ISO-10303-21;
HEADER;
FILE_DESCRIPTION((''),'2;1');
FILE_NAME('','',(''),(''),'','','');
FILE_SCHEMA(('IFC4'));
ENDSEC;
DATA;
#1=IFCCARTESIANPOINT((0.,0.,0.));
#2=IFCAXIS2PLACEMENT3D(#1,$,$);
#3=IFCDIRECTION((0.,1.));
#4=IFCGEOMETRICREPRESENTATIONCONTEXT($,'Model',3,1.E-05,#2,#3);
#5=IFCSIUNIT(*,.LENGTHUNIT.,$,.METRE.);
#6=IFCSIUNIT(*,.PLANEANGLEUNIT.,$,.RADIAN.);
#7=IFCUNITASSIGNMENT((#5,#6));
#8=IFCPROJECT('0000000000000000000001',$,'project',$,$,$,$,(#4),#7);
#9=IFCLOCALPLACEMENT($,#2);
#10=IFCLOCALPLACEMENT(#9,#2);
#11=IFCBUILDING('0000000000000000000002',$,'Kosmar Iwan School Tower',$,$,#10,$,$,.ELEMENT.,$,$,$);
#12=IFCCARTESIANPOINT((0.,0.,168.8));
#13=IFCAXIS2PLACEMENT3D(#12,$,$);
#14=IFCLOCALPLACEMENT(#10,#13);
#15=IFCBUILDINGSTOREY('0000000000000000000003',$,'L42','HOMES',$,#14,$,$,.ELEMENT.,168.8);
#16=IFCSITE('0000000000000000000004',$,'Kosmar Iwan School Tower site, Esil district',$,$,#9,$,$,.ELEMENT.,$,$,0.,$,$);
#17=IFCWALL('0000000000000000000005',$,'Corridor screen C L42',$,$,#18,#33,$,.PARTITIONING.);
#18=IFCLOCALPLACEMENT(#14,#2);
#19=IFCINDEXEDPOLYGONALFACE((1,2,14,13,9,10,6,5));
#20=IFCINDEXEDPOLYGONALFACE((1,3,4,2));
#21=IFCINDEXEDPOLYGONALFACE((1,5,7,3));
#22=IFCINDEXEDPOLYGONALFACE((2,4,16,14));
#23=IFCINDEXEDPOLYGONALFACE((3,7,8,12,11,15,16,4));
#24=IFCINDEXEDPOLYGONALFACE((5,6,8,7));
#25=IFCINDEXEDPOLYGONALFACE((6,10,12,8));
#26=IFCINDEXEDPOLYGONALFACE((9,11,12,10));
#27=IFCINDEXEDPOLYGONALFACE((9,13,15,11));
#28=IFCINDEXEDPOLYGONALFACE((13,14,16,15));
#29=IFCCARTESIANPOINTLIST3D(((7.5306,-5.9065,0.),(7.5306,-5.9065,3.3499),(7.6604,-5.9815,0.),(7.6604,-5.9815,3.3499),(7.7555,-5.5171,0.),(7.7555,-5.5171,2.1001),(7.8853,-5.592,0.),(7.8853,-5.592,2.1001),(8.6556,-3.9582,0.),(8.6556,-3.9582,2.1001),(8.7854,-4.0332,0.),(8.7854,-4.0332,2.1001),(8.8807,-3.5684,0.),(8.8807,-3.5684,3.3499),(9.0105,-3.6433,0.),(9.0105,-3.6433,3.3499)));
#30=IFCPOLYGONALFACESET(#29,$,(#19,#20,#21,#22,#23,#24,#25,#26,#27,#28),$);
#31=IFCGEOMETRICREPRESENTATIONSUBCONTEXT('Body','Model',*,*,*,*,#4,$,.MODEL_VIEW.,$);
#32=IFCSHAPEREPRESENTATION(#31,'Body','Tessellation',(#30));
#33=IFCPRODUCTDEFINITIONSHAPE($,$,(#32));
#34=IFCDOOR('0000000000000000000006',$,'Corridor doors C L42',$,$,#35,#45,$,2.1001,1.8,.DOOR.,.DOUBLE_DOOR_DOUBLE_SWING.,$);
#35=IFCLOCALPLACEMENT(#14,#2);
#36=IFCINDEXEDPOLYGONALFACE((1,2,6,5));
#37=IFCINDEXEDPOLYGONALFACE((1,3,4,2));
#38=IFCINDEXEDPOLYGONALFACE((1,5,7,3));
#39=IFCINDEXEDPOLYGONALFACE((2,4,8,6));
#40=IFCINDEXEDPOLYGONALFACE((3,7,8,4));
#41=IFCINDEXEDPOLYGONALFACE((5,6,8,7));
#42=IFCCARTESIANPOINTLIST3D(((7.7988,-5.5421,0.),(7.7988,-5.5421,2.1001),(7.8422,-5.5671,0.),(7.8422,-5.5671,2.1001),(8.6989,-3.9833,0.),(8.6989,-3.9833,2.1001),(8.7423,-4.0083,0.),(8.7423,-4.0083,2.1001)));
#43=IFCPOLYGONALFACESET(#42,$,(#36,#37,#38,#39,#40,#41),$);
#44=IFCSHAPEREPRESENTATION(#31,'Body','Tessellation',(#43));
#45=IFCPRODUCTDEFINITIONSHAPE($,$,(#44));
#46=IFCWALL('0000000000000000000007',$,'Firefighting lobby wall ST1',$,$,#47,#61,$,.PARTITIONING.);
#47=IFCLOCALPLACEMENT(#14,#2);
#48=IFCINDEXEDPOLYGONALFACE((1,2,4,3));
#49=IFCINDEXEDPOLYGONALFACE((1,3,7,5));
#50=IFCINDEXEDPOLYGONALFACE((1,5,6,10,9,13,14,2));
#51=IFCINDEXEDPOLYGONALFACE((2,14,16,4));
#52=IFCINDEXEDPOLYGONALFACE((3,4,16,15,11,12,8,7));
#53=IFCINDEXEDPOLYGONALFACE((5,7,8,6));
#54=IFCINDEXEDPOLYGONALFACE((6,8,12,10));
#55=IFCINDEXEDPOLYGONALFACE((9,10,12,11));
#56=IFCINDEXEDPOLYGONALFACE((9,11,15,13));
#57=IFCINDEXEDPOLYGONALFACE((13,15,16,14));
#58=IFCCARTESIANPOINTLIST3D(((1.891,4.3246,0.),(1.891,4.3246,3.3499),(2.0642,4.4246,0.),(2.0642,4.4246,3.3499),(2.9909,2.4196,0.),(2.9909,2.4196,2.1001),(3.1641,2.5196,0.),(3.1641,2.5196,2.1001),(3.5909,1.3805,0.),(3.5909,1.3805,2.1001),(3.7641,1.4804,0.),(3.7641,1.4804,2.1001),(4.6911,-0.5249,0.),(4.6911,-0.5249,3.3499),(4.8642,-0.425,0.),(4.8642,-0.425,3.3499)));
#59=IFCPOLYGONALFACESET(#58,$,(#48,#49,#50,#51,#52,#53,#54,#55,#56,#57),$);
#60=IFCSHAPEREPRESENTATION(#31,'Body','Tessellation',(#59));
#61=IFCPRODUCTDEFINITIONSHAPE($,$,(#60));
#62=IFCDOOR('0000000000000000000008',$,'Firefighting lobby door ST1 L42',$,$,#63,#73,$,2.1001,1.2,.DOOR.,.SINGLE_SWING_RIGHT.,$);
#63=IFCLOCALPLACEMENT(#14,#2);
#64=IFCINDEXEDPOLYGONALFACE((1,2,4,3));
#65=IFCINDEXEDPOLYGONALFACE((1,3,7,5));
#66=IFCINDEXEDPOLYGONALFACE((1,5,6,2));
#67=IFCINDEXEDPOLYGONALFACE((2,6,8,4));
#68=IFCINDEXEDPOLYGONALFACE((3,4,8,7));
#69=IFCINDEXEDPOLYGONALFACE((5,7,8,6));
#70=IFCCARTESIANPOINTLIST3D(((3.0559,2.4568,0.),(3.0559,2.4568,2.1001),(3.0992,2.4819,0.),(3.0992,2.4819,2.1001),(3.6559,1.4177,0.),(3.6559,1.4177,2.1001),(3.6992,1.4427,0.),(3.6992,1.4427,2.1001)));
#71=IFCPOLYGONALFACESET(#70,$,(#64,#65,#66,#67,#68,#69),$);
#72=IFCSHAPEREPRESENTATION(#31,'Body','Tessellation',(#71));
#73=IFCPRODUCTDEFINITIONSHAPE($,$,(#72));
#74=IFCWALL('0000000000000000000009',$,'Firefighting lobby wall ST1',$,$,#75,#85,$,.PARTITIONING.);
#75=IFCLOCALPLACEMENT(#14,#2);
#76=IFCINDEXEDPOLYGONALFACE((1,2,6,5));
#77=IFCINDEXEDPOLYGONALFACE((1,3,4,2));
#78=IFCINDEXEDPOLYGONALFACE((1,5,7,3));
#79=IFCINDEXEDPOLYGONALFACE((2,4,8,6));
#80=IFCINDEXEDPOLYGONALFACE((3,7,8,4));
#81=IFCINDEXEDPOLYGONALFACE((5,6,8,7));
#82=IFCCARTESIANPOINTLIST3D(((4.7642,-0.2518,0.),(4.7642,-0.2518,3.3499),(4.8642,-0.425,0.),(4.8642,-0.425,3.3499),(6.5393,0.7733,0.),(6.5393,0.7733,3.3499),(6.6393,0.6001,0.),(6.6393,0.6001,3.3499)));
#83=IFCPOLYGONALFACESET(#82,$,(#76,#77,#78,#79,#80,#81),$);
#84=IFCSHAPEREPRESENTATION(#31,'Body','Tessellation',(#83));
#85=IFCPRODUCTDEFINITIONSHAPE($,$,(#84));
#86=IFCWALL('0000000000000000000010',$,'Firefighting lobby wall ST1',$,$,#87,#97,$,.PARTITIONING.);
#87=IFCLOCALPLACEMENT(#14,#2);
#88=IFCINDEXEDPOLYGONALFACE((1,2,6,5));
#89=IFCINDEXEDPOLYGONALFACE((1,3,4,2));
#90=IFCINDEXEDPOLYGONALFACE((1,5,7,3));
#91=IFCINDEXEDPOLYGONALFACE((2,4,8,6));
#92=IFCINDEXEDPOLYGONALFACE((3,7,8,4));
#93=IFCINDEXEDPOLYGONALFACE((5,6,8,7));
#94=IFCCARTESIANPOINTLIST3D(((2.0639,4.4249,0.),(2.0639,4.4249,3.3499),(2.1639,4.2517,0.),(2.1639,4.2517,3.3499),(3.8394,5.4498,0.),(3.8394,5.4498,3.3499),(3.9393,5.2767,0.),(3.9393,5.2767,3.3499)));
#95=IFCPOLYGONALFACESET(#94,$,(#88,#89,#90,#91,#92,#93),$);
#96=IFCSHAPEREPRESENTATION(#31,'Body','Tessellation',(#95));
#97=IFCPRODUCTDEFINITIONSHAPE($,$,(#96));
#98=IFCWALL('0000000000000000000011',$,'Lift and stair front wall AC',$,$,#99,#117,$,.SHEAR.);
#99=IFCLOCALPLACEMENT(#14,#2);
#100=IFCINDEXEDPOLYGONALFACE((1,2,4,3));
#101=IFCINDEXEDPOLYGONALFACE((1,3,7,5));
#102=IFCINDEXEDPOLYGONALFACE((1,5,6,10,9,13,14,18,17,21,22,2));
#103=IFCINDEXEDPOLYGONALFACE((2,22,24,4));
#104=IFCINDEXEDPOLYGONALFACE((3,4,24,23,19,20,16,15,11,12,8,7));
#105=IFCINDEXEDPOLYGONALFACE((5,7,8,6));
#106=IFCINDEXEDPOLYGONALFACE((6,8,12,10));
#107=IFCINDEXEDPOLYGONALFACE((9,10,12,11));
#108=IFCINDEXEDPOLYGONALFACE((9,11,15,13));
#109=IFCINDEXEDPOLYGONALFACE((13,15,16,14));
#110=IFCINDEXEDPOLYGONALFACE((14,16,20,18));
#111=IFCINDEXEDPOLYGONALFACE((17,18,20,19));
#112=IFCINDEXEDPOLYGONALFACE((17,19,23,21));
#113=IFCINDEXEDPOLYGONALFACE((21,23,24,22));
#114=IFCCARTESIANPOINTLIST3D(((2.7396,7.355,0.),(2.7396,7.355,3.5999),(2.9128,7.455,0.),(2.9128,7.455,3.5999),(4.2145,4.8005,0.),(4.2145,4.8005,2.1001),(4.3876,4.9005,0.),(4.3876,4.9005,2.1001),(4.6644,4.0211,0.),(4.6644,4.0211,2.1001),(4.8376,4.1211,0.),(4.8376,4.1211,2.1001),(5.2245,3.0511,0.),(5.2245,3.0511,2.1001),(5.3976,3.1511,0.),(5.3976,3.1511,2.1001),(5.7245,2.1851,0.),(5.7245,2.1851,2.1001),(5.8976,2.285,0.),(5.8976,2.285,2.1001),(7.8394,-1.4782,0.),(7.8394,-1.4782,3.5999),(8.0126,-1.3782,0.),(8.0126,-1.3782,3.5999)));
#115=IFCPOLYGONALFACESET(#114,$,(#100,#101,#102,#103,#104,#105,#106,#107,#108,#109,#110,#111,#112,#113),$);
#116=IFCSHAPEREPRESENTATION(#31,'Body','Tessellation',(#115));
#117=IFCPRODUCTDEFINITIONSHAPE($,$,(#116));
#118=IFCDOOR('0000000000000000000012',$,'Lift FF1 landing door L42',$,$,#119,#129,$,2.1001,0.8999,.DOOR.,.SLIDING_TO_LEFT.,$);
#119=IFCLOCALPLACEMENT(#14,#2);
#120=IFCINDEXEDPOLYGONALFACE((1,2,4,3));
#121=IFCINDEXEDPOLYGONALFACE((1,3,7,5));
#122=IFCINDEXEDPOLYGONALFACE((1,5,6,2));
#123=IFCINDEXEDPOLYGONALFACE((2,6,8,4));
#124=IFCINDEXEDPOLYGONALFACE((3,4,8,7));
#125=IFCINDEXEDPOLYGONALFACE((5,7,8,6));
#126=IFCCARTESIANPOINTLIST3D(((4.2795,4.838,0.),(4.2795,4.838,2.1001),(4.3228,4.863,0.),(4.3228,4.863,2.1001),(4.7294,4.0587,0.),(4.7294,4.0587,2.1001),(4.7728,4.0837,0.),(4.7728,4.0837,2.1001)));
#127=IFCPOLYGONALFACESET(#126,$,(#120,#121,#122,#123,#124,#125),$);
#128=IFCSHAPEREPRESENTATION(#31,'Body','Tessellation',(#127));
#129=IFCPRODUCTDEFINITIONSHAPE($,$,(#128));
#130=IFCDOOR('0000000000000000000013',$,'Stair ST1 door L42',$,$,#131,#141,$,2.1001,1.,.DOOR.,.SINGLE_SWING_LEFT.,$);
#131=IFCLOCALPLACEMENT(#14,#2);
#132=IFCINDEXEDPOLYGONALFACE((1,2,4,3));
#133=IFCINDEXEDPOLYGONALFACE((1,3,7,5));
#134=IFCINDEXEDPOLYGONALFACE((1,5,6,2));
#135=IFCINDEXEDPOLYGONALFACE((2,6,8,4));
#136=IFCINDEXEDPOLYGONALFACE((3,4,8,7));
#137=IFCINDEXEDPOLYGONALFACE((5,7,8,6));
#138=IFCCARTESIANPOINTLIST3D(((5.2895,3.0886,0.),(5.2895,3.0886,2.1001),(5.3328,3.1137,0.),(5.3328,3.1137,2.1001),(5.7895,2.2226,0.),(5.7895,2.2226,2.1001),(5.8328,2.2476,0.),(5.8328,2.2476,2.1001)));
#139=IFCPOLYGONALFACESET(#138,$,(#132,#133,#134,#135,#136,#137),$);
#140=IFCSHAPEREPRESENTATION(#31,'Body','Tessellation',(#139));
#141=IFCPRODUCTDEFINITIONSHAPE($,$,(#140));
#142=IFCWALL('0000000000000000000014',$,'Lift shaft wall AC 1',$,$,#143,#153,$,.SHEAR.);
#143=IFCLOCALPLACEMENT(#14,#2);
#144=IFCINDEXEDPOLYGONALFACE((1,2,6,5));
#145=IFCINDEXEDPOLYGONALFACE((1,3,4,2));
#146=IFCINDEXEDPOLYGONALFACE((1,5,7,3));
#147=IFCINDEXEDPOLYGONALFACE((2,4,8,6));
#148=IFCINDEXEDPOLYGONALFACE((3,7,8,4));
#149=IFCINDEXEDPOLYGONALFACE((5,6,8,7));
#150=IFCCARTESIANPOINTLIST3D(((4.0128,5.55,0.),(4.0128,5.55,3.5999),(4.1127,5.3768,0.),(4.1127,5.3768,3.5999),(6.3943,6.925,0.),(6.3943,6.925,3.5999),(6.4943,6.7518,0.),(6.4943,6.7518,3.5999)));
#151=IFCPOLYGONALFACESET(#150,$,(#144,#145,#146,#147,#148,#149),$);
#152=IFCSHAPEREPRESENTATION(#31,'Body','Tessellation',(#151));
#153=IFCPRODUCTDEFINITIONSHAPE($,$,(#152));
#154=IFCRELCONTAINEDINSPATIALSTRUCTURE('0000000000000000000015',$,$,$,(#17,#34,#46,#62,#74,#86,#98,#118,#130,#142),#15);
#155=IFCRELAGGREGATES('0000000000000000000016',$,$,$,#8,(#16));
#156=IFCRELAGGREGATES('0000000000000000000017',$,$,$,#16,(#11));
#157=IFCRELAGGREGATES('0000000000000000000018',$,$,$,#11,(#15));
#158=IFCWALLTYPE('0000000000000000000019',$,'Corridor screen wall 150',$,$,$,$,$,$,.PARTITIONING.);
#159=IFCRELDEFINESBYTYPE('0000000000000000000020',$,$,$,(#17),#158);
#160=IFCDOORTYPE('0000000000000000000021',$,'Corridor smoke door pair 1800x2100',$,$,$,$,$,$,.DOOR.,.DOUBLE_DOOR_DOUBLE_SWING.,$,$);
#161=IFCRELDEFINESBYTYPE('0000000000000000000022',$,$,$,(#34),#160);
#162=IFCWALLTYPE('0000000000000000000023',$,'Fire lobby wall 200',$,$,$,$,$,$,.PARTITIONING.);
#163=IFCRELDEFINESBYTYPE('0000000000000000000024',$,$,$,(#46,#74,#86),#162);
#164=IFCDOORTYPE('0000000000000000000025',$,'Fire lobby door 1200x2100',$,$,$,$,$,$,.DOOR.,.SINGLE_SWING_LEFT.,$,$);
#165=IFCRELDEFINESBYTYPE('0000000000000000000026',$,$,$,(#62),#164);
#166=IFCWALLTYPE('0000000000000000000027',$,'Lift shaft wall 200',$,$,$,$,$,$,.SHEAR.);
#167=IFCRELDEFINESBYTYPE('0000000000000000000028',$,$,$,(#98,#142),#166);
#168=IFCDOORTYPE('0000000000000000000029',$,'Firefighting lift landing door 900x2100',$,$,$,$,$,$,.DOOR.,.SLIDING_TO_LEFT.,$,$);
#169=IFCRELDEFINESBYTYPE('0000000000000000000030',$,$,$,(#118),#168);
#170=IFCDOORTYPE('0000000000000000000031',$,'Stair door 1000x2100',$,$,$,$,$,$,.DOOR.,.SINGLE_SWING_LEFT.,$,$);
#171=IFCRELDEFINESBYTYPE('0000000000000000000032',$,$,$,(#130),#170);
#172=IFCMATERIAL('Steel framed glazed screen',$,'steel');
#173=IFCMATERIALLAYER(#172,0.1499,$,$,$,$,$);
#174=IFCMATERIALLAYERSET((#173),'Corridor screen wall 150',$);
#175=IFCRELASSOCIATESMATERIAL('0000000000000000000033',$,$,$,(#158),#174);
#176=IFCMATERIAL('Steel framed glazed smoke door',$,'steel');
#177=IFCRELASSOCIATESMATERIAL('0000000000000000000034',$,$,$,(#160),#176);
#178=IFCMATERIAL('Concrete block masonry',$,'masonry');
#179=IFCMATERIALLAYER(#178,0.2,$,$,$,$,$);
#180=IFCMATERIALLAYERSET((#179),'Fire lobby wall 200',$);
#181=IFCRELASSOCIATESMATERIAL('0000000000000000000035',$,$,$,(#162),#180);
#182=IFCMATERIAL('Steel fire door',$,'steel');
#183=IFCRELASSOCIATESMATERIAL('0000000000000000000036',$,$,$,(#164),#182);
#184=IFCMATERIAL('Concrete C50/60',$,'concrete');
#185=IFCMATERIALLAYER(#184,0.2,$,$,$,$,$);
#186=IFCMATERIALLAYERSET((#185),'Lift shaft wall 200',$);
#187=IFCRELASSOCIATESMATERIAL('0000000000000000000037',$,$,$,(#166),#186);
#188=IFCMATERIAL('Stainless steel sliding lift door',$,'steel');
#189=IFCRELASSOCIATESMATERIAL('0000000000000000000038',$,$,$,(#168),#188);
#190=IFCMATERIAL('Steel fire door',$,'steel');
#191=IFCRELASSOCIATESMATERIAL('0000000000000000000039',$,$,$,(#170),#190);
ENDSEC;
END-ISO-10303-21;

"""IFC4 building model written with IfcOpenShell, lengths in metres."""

from ifc_helpers import new_model, si_unit, direction, frame, frame_2d, origin, place, context, subcontext, project, spatial, rectangle, extrude, material, layer, layer_set, type_object, element, fill, save


model = new_model("IFC4")

# Units and contexts
model_context = context("Model", 3, precision=1e-05, world=origin(), true_north=direction((0.0, 1.0)))
body_context = subcontext(model_context, "Body", "Model", "MODEL_VIEW")
ifc_project = project(units=[si_unit("LENGTHUNIT", "METRE"), si_unit("PLANEANGLEUNIT", "RADIAN")], contexts=[model_context])

# Site, building, storey
site_placement = place(None, origin())
site = spatial("IfcSite", under=ifc_project, at=site_placement, Name="Kosmar Iwan School Tower site, Esil district", CompositionType="ELEMENT", RefElevation=0.0)
building_placement = place(site_placement, origin())
building = spatial("IfcBuilding", under=site, at=building_placement, Name="Kosmar Iwan School Tower", CompositionType="ELEMENT")
storey_placement = place(building_placement, frame((0.0, 0.0, 168.8)))
storey = spatial("IfcBuildingStorey", under=building, at=storey_placement, Name="L42", Description="HOMES", CompositionType="ELEMENT", Elevation=168.8)

# Walls, openings, doors
ifc_material_1 = material(Name="Steel framed glazed screen", Category="steel")
ifc_layer_1 = layer(ifc_material_1, 0.1499)
ifc_layer_set_1 = layer_set([ifc_layer_1], Name="Corridor screen wall 150")
wall_type_1 = type_object("IfcWallType", Name="Corridor screen wall 150", PredefinedType="PARTITIONING", material=ifc_layer_set_1)
wall_1_placement = place(storey_placement, frame((7.5955, -5.9441, 0.0), z_axis=(0.0, 0.0, 1.0), x_axis=(0.500049, 0.865997, 0.0)))
wall_1 = element("IfcWall", 1, at=wall_1_placement, inside=storey, type_object=wall_type_1, Name="Corridor screen C L42", PredefinedType="PARTITIONING", context=body_context, shape_type="SweptSolid", body=[
    extrude(rectangle(XDim=2.7, YDim=0.1499, at=frame_2d((1.3501, 0.0))), origin(), (0.0, 0.0, 1.0), 3.3499),
])
opening_1_placement = place(wall_1_placement, frame((0.45, 0.0, 0.0)))
opening_1 = element("IfcOpeningElement", 2, at=opening_1_placement, cuts=wall_1, PredefinedType="OPENING", context=body_context, shape_type="SweptSolid", body=[
    extrude(rectangle(XDim=1.8, YDim=2.1001, at=frame_2d((0.8999, 1.05))), frame((0.0, 0.0869, 0.0), z_axis=(0.0, -1.0, 0.0), x_axis=(1.0, 0.0, 0.0)), (0.0, 0.0, 1.0), 0.1738),
])
ifc_material_2 = material(Name="Steel framed glazed smoke door", Category="steel")
door_type_1 = type_object("IfcDoorType", Name="Corridor smoke door pair 1800x2100", OperationType="DOUBLE_DOOR_DOUBLE_SWING", PredefinedType="DOOR", material=ifc_material_2)
door_1_placement = place(opening_1_placement, origin())
door_1 = element("IfcDoor", 3, at=door_1_placement, inside=storey, type_object=door_type_1, Name="Corridor doors C L42", OperationType="DOUBLE_DOOR_DOUBLE_SWING", OverallHeight=2.1001, OverallWidth=1.8, PredefinedType="DOOR", context=body_context, shape_type="SweptSolid", body=[
    extrude(rectangle(XDim=1.8, YDim=2.1001, at=frame_2d((0.8999, 1.05))), frame((0.0, 0.0249, 0.0), z_axis=(0.0, -1.0, 0.0), x_axis=(1.0, 0.0, 0.0)), (0.0, 0.0, 1.0), 0.05),
])
fill(opening_1, door_1)
ifc_material_3 = material(Name="Concrete block masonry", Category="masonry")
ifc_layer_2 = layer(ifc_material_3, 0.2)
ifc_layer_set_2 = layer_set([ifc_layer_2], Name="Fire lobby wall 200")
wall_type_2 = type_object("IfcWallType", Name="Fire lobby wall 200", PredefinedType="PARTITIONING", material=ifc_layer_set_2)
wall_2_placement = place(storey_placement, frame((4.7776, -0.4749, 0.0), z_axis=(0.0, 0.0, 1.0), x_axis=(-0.500017, 0.866016, 0.0)))
wall_2 = element("IfcWall", 4, at=wall_2_placement, inside=storey, type_object=wall_type_2, Name="Firefighting lobby wall ST1", PredefinedType="PARTITIONING", context=body_context, shape_type="SweptSolid", body=[
    extrude(rectangle(XDim=5.5999, YDim=0.2, at=frame_2d((2.7998, 0.0))), origin(), (0.0, 0.0, 1.0), 3.3499),
])
opening_2_placement = place(wall_2_placement, frame((2.2, 0.0, 0.0)))
opening_2 = element("IfcOpeningElement", 5, at=opening_2_placement, cuts=wall_2, PredefinedType="OPENING", context=body_context, shape_type="SweptSolid", body=[
    extrude(rectangle(XDim=1.2, YDim=2.1001, at=frame_2d((0.6001, 1.05))), frame((0.0, 0.1121, 0.0), z_axis=(0.0, -1.0, 0.0), x_axis=(1.0, 0.0, 0.0)), (0.0, 0.0, 1.0), 0.2239),
])
ifc_material_4 = material(Name="Steel fire door", Category="steel")
door_type_2 = type_object("IfcDoorType", Name="Fire lobby door 1200x2100", OperationType="SINGLE_SWING_LEFT", PredefinedType="DOOR", material=ifc_material_4)
door_2_placement = place(opening_2_placement, frame((1.2, 0.0, 0.0), z_axis=(0.0, 0.0, 1.0), x_axis=(-1.0, 0.0, 0.0)))
door_2 = element("IfcDoor", 6, at=door_2_placement, inside=storey, type_object=door_type_2, Name="Firefighting lobby door ST1 L42", OperationType="SINGLE_SWING_RIGHT", OverallHeight=2.1001, OverallWidth=1.2, PredefinedType="DOOR", context=body_context, shape_type="SweptSolid", body=[
    extrude(rectangle(XDim=1.2, YDim=2.1001, at=frame_2d((0.6001, 1.05))), frame((0.0, 0.0249, 0.0), z_axis=(0.0, -1.0, 0.0), x_axis=(1.0, 0.0, 0.0)), (0.0, 0.0, 1.0), 0.05),
])
fill(opening_2, door_2)

# Walls
wall_3_placement = place(storey_placement, frame((4.8142, -0.3384, 0.0), z_axis=(0.0, 0.0, 1.0), x_axis=(0.865969, 0.500097, 0.0)))
element("IfcWall", 7, at=wall_3_placement, inside=storey, type_object=wall_type_2, Name="Firefighting lobby wall ST1", PredefinedType="PARTITIONING", context=body_context, shape_type="SweptSolid", body=[
    extrude(rectangle(XDim=2.0498, YDim=0.2, at=frame_2d((1.0249, 0.0))), origin(), (0.0, 0.0, 1.0), 3.3499),
])
wall_4_placement = place(storey_placement, frame((2.114, 4.3384, 0.0), z_axis=(0.0, 0.0, 1.0), x_axis=(0.866051, 0.499956, 0.0)))
element("IfcWall", 8, at=wall_4_placement, inside=storey, type_object=wall_type_2, Name="Firefighting lobby wall ST1", PredefinedType="PARTITIONING", context=body_context, shape_type="SweptSolid", body=[
    extrude(rectangle(XDim=2.05, YDim=0.2, at=frame_2d((1.0249, 0.0))), origin(), (0.0, 0.0, 1.0), 3.3499),
])

# Wall, openings, doors
ifc_material_5 = material(Name="Concrete C50/60", Category="concrete")
ifc_layer_3 = layer(ifc_material_5, 0.2)
ifc_layer_set_3 = layer_set([ifc_layer_3], Name="Lift shaft wall 200")
wall_type_3 = type_object("IfcWallType", Name="Lift shaft wall 200", PredefinedType="SHEAR", material=ifc_layer_set_3)
wall_5_placement = place(storey_placement, frame((7.926, -1.4282, 0.0), z_axis=(0.0, 0.0, 1.0), x_axis=(-0.499998, 0.866027, 0.0)))
wall_5 = element("IfcWall", 9, at=wall_5_placement, inside=storey, type_object=wall_type_3, Name="Lift and stair front wall AC", PredefinedType="SHEAR", context=body_context, shape_type="SweptSolid", body=[
    extrude(rectangle(XDim=10.1997, YDim=0.2, at=frame_2d((5.0999, 0.0))), origin(), (0.0, 0.0, 1.0), 3.5999),
])
opening_3_placement = place(wall_5_placement, frame((6.3501, 0.0, 0.0)))
opening_3 = element("IfcOpeningElement", 10, at=opening_3_placement, cuts=wall_5, PredefinedType="OPENING", context=body_context, shape_type="SweptSolid", body=[
    extrude(rectangle(XDim=0.8999, YDim=2.1001, at=frame_2d((0.45, 1.05))), frame((0.0, 0.1121, 0.0), z_axis=(0.0, -1.0, 0.0), x_axis=(1.0, 0.0, 0.0)), (0.0, 0.0, 1.0), 0.2239),
])
opening_4_placement = place(wall_5_placement, frame((4.23, 0.0, 0.0)))
opening_4 = element("IfcOpeningElement", 11, at=opening_4_placement, cuts=wall_5, PredefinedType="OPENING", context=body_context, shape_type="SweptSolid", body=[
    extrude(rectangle(XDim=1.0, YDim=2.1001, at=frame_2d((0.5, 1.05))), frame((0.0, 0.1121, 0.0), z_axis=(0.0, -1.0, 0.0), x_axis=(1.0, 0.0, 0.0)), (0.0, 0.0, 1.0), 0.2239),
])
ifc_material_6 = material(Name="Stainless steel sliding lift door", Category="steel")
door_type_3 = type_object("IfcDoorType", Name="Firefighting lift landing door 900x2100", OperationType="SLIDING_TO_LEFT", PredefinedType="DOOR", material=ifc_material_6)
door_3_placement = place(opening_3_placement, origin())
door_3 = element("IfcDoor", 12, at=door_3_placement, inside=storey, type_object=door_type_3, Name="Lift FF1 landing door L42", OperationType="SLIDING_TO_LEFT", OverallHeight=2.1001, OverallWidth=0.8999, PredefinedType="DOOR", context=body_context, shape_type="SweptSolid", body=[
    extrude(rectangle(XDim=0.8999, YDim=2.1001, at=frame_2d((0.45, 1.05))), frame((0.0, 0.0249, 0.0), z_axis=(0.0, -1.0, 0.0), x_axis=(1.0, 0.0, 0.0)), (0.0, 0.0, 1.0), 0.05),
])
fill(opening_3, door_3)
ifc_material_7 = material(Name="Steel fire door", Category="steel")
door_type_4 = type_object("IfcDoorType", Name="Stair door 1000x2100", OperationType="SINGLE_SWING_LEFT", PredefinedType="DOOR", material=ifc_material_7)
door_4_placement = place(opening_4_placement, origin())
door_4 = element("IfcDoor", 13, at=door_4_placement, inside=storey, type_object=door_type_4, Name="Stair ST1 door L42", OperationType="SINGLE_SWING_LEFT", OverallHeight=2.1001, OverallWidth=1.0, PredefinedType="DOOR", context=body_context, shape_type="SweptSolid", body=[
    extrude(rectangle(XDim=1.0, YDim=2.1001, at=frame_2d((0.5, 1.05))), frame((0.0, 0.0249, 0.0), z_axis=(0.0, -1.0, 0.0), x_axis=(1.0, 0.0, 0.0)), (0.0, 0.0, 1.0), 0.05),
])
fill(opening_4, door_4)

# Wall
wall_6_placement = place(storey_placement, frame((4.0627, 5.4634, 0.0), z_axis=(0.0, 0.0, 1.0), x_axis=(0.866027, 0.499997, 0.0)))
element("IfcWall", 14, at=wall_6_placement, inside=storey, type_object=wall_type_3, Name="Lift shaft wall AC 1", PredefinedType="SHEAR", context=body_context, shape_type="SweptSolid", body=[
    extrude(rectangle(XDim=2.75, YDim=0.2, at=frame_2d((1.375, 0.0))), origin(), (0.0, 0.0, 1.0), 3.5999),
])

save(model, "model.ifc")
